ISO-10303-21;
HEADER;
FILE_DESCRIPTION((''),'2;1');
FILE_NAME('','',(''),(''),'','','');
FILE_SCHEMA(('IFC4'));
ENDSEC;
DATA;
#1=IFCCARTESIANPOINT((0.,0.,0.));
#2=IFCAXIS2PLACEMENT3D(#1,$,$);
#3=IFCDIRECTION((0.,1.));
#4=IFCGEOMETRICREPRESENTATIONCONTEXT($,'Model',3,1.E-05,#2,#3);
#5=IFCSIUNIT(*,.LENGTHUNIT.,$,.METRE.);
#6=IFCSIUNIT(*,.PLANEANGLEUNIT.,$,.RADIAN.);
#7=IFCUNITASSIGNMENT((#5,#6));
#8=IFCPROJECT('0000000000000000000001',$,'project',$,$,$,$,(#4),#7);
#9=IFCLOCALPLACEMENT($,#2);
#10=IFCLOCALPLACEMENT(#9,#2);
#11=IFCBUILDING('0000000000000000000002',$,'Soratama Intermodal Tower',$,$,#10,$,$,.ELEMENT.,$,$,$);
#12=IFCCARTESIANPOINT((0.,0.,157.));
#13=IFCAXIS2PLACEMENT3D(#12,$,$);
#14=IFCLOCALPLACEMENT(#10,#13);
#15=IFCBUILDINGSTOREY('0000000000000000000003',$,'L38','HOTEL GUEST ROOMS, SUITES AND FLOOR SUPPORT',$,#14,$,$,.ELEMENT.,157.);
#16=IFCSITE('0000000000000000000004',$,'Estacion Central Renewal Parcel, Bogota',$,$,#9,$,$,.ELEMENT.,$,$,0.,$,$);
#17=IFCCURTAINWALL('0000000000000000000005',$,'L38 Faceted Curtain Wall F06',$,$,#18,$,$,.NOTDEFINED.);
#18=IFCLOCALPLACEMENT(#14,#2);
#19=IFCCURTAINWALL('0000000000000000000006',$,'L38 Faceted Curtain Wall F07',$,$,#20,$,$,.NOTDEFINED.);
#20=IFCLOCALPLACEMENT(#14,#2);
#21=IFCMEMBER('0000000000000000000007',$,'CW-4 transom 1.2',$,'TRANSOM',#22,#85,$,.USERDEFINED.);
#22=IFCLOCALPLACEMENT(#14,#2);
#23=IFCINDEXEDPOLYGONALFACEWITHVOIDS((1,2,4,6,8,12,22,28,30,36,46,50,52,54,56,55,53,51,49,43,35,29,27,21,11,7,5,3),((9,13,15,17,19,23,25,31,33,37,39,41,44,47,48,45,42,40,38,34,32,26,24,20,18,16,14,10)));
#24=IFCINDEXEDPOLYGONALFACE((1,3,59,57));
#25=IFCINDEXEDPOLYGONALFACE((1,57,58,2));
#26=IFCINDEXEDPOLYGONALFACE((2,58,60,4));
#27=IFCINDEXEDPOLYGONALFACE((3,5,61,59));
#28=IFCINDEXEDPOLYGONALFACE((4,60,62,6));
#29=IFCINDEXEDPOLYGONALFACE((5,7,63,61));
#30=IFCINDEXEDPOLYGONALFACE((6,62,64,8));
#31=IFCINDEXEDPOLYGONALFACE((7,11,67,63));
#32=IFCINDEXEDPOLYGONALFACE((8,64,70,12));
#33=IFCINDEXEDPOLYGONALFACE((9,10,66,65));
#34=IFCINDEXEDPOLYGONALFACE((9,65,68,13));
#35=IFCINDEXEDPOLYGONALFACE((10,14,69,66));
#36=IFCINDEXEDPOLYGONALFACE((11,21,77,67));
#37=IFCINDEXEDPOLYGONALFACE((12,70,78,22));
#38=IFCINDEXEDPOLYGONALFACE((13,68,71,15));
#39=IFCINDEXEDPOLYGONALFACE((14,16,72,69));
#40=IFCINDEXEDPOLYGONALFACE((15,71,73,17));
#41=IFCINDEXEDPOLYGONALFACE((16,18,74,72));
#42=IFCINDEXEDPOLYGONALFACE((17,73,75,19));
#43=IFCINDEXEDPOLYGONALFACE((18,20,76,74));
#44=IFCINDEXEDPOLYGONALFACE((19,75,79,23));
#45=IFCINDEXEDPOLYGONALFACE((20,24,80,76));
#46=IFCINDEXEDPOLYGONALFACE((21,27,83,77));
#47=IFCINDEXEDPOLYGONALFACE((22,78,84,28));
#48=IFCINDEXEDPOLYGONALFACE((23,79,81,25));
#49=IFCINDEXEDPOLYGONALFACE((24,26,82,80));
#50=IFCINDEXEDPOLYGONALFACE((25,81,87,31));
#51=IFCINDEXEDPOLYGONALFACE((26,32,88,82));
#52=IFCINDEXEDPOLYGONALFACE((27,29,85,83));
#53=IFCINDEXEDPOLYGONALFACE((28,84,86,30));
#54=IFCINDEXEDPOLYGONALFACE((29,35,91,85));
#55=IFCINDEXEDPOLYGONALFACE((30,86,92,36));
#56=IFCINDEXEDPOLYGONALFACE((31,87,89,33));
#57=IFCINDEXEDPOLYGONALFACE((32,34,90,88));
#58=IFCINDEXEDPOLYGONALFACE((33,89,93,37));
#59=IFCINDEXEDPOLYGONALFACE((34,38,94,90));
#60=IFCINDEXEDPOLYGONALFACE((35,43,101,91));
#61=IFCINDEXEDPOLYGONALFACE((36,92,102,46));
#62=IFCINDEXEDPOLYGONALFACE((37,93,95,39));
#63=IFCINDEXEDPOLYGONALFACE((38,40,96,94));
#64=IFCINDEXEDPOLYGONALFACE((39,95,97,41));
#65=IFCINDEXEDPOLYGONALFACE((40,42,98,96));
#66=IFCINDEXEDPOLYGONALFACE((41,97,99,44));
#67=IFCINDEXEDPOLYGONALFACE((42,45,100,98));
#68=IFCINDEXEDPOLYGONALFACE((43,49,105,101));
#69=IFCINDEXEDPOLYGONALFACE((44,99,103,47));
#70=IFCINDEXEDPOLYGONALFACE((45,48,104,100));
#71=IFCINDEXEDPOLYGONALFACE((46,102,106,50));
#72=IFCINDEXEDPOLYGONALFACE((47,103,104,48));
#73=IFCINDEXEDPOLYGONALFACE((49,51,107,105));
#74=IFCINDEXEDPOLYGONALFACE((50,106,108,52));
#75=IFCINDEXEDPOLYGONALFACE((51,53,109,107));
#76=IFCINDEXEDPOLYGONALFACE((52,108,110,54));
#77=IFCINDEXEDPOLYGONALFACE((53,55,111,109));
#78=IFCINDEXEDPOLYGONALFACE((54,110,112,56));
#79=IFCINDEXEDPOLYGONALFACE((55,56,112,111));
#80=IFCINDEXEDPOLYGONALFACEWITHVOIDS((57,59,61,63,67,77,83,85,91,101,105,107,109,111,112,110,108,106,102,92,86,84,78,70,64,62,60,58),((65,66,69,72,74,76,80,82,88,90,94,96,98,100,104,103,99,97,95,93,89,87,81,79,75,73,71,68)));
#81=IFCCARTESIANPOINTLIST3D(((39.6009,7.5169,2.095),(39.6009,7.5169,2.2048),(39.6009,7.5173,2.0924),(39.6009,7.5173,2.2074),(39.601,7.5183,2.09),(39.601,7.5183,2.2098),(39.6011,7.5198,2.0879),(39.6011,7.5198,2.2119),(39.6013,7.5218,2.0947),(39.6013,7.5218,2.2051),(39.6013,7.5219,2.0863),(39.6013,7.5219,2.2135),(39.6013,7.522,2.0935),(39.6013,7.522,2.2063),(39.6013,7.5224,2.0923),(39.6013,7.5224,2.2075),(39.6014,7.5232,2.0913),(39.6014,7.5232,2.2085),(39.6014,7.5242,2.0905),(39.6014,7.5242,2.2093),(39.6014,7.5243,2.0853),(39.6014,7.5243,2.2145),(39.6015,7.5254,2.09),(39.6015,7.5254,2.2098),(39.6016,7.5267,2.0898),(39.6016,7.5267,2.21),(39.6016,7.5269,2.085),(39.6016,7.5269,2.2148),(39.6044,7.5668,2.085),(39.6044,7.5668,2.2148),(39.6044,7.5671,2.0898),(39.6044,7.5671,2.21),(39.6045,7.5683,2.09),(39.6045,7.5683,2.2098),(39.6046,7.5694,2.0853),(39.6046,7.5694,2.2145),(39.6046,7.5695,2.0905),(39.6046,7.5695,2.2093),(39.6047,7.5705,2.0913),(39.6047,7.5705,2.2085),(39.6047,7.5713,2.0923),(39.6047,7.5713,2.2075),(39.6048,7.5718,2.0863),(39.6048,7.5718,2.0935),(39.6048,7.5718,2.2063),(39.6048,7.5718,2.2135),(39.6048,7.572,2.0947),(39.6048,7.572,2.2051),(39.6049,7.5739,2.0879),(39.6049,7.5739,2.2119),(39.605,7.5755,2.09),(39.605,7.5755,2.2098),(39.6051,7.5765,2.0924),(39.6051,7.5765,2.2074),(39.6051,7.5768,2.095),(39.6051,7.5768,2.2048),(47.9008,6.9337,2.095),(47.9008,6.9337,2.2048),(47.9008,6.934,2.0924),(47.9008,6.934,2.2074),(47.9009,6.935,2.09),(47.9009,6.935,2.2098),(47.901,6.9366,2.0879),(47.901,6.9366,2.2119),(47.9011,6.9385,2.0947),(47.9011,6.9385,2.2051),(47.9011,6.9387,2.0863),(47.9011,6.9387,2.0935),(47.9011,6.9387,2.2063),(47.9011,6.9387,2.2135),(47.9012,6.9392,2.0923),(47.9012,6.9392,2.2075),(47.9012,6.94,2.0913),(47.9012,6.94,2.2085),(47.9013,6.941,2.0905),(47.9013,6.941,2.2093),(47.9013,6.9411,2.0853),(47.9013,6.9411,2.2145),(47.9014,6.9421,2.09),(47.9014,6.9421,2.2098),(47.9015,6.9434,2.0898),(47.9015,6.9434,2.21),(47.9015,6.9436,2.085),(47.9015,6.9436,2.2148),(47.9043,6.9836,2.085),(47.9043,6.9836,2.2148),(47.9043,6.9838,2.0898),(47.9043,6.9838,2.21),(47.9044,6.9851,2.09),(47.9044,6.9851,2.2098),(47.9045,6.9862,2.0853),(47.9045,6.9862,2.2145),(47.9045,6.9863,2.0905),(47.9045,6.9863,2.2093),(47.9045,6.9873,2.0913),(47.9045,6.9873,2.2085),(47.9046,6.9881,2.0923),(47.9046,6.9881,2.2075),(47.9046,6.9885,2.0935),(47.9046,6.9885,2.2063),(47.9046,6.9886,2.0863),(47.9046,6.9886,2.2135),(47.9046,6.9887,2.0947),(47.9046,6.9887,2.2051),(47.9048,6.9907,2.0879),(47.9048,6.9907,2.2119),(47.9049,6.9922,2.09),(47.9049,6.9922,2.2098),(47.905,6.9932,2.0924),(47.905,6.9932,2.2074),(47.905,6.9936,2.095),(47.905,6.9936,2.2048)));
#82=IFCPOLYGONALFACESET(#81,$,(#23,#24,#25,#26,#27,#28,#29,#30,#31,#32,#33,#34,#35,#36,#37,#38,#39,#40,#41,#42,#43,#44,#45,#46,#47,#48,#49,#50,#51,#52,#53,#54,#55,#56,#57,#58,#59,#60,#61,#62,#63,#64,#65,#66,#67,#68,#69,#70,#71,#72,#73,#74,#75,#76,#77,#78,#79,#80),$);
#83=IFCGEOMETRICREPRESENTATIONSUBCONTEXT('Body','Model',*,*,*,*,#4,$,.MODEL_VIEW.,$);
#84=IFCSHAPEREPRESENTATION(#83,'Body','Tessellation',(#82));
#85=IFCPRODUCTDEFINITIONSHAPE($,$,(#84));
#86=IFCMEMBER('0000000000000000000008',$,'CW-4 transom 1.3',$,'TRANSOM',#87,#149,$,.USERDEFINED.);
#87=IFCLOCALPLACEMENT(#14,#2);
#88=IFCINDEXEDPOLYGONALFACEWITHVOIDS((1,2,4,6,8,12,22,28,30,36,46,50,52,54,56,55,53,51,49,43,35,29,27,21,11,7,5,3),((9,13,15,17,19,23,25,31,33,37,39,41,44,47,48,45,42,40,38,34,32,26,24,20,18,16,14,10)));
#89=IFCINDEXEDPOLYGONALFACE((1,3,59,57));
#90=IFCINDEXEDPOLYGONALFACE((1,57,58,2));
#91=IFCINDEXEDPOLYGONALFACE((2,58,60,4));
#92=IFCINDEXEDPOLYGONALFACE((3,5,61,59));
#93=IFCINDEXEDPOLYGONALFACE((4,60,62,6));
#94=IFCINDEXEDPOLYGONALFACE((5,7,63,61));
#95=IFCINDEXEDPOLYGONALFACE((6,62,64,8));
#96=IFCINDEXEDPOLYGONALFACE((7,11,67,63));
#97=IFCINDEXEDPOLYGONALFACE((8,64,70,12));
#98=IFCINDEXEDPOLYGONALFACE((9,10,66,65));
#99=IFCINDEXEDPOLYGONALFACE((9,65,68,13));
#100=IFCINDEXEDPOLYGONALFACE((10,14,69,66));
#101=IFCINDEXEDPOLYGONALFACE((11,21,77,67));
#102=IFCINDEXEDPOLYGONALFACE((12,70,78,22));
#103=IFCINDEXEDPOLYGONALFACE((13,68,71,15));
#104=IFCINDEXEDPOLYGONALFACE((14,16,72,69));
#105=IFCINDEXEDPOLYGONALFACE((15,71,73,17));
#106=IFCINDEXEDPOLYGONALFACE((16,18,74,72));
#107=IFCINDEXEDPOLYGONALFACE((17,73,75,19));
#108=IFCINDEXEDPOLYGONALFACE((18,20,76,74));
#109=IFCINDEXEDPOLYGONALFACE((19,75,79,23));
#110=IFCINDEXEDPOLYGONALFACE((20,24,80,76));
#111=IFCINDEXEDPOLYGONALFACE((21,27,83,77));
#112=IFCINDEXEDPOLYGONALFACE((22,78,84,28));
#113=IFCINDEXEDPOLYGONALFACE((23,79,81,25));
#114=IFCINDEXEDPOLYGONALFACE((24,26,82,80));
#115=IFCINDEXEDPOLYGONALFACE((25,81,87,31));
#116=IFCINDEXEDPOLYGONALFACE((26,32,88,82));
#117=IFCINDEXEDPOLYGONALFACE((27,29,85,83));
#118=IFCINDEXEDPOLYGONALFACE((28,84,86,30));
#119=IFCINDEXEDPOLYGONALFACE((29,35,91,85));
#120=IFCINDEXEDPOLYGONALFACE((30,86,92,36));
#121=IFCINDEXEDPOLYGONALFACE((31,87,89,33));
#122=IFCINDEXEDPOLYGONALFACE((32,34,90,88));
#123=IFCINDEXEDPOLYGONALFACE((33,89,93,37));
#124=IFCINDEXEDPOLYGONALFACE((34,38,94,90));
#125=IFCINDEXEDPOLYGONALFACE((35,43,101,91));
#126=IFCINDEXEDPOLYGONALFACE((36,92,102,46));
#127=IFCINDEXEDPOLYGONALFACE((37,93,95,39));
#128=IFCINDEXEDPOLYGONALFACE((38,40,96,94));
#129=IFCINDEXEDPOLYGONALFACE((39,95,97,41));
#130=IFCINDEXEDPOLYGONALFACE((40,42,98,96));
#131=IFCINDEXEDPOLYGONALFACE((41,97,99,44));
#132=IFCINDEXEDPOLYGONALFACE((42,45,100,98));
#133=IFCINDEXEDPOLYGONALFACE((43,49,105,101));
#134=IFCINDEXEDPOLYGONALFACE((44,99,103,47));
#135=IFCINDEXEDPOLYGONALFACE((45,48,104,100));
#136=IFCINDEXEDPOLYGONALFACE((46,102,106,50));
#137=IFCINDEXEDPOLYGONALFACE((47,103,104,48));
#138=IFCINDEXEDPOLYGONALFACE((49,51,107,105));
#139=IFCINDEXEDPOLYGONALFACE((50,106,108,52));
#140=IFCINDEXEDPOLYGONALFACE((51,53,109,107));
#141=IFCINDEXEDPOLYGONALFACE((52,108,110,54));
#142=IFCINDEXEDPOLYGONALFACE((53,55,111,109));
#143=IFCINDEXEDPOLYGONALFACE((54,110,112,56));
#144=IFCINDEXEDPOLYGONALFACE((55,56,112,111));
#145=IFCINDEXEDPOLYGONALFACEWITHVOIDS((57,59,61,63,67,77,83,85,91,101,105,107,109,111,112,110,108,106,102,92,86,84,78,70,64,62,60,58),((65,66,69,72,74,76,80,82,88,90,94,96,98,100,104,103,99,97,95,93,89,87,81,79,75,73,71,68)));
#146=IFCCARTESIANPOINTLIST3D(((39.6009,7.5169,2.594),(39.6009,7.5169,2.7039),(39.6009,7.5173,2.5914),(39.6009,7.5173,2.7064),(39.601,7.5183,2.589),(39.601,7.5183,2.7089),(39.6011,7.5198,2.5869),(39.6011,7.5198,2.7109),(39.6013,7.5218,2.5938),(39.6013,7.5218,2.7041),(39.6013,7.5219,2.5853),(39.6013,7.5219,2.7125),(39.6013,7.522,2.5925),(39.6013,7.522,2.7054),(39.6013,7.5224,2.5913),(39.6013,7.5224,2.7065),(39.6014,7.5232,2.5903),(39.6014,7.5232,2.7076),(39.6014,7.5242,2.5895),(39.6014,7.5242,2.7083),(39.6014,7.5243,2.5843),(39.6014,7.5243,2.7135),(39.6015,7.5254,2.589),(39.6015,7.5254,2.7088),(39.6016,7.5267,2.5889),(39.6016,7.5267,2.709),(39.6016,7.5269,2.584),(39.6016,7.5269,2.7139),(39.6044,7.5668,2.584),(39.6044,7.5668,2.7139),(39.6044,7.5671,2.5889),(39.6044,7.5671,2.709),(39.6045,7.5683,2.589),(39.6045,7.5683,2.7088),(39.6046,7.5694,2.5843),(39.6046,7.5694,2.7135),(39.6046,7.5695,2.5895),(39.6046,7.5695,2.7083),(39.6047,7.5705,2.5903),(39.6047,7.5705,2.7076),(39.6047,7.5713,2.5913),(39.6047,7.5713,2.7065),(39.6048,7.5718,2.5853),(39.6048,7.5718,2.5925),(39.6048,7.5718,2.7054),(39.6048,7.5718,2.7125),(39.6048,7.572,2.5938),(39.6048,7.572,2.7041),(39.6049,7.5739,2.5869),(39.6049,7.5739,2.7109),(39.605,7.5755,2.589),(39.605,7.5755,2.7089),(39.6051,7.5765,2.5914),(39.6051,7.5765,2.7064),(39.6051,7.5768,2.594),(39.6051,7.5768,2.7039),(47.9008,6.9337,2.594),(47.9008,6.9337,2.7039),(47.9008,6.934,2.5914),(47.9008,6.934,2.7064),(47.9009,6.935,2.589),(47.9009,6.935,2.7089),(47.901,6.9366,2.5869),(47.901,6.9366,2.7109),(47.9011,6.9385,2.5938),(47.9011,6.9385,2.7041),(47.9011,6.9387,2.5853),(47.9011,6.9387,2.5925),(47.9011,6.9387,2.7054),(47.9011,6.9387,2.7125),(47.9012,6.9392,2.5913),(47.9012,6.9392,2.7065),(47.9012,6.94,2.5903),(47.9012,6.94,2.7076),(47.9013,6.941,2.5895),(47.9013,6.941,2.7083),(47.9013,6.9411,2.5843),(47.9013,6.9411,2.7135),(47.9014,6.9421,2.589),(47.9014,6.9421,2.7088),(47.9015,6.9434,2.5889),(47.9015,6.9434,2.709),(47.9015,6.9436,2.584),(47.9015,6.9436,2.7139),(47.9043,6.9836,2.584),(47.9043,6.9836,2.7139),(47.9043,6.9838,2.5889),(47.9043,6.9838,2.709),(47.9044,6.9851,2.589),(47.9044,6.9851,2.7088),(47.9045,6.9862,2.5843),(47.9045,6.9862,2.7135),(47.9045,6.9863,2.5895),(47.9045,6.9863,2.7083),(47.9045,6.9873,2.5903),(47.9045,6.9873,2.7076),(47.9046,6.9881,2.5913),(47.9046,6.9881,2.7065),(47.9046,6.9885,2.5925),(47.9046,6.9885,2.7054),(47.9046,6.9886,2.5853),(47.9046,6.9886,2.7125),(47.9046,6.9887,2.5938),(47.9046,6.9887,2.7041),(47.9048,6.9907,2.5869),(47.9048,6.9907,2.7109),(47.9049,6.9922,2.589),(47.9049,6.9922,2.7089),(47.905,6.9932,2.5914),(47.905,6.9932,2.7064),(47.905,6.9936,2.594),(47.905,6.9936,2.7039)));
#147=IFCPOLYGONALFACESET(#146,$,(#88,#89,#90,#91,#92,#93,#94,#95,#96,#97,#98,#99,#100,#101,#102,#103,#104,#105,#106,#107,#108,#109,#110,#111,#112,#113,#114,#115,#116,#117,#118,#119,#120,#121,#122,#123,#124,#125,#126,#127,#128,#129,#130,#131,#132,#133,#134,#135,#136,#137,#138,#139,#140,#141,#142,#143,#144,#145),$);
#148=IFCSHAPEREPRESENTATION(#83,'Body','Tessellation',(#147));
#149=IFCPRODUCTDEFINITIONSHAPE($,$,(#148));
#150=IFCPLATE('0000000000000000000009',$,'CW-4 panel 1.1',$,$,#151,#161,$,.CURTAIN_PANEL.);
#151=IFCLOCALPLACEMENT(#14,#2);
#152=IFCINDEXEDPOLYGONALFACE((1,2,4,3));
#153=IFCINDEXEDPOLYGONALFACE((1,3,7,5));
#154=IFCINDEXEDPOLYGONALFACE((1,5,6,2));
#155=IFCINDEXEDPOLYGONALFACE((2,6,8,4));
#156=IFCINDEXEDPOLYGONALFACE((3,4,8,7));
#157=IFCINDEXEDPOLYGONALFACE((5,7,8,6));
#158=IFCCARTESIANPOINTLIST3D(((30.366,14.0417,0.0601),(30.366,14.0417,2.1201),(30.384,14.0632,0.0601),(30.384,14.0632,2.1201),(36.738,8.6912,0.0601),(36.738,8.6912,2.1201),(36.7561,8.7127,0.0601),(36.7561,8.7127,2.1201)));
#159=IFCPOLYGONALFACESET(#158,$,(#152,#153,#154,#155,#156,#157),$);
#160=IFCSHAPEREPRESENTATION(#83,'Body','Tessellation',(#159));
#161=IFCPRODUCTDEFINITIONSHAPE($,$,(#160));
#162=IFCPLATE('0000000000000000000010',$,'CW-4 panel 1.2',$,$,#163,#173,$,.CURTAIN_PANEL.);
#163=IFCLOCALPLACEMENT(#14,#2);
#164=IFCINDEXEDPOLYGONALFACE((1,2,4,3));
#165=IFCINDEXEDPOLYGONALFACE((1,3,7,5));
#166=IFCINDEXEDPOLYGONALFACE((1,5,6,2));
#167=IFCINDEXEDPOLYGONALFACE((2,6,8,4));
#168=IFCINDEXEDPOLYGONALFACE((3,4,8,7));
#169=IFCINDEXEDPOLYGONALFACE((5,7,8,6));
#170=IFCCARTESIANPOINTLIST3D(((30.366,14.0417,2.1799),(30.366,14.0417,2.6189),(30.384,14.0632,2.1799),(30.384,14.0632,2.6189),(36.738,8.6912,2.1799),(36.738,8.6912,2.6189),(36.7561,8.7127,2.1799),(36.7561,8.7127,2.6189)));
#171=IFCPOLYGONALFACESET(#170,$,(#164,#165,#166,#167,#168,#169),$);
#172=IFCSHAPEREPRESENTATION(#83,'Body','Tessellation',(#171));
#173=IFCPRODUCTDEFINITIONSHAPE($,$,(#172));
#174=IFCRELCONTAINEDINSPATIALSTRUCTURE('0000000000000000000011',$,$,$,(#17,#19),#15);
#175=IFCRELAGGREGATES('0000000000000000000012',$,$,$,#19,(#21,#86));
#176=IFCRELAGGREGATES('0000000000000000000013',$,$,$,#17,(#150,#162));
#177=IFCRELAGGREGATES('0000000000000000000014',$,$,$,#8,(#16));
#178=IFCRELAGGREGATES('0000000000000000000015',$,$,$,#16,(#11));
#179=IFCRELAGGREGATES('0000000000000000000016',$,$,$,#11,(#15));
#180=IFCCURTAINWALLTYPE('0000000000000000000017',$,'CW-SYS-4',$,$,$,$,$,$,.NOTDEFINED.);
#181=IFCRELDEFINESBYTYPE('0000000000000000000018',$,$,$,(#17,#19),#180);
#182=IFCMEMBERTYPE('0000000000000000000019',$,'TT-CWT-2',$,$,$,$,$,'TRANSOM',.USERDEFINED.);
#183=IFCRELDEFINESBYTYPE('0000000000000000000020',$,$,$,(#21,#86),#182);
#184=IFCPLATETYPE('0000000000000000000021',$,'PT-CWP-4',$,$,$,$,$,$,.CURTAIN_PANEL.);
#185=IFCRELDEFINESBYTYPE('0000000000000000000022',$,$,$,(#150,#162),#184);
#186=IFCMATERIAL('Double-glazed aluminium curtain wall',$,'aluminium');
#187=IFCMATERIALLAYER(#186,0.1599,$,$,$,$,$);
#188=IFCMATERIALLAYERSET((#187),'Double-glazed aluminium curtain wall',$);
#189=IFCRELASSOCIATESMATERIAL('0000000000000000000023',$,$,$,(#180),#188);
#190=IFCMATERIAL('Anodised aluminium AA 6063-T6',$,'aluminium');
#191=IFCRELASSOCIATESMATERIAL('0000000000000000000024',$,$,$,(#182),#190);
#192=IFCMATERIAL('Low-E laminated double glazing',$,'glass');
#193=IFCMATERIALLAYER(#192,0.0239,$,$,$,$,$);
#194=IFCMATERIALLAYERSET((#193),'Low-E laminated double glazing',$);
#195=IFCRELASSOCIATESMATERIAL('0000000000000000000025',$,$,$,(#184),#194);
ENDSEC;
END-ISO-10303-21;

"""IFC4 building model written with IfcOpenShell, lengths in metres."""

from ifc_helpers import new_model, si_unit, direction, frame, origin, origin_2d, place, context, subcontext, project, spatial, rectangle, hollow_rectangle, extrude, material, layer, layer_set, material_profile, profile_set, type_object, element, aggregate, save


model = new_model("IFC4")

# Units and contexts
model_context = context("Model", 3, precision=1e-05, world=origin(), true_north=direction((0.0, 1.0)))
body_context = subcontext(model_context, "Body", "Model", "MODEL_VIEW")
ifc_project = project(units=[si_unit("LENGTHUNIT", "METRE"), si_unit("PLANEANGLEUNIT", "RADIAN")], contexts=[model_context])

# Site, building, storey
site_placement = place(None, origin())
site = spatial("IfcSite", under=ifc_project, at=site_placement, Name="Estacion Central Renewal Parcel, Bogota", CompositionType="ELEMENT", RefElevation=0.0)
building_placement = place(site_placement, origin())
building = spatial("IfcBuilding", under=site, at=building_placement, Name="Soratama Intermodal Tower", CompositionType="ELEMENT")
storey_placement = place(building_placement, frame((0.0, 0.0, 157.0)))
storey = spatial("IfcBuildingStorey", under=building, at=storey_placement, Name="L38", Description="HOTEL GUEST ROOMS, SUITES AND FLOOR SUPPORT", CompositionType="ELEMENT", Elevation=157.0)

# Curtain wall
ifc_material_1 = material(Name="Double-glazed aluminium curtain wall", Category="aluminium")
ifc_layer_1 = layer(ifc_material_1, 0.1599)
ifc_layer_set_1 = layer_set([ifc_layer_1], Name="Double-glazed aluminium curtain wall")
curtain_wall_type = type_object("IfcCurtainWallType", Name="CW-SYS-4", PredefinedType="NOTDEFINED", material=ifc_layer_set_1)
curtain_wall_1_placement = place(storey_placement, origin())
curtain_wall_1 = element("IfcCurtainWall", 1, at=curtain_wall_1_placement, inside=storey, type_object=curtain_wall_type, Name="L38 Faceted Curtain Wall F06", PredefinedType="NOTDEFINED")

# Curtain wall, members
curtain_wall_2_placement = place(storey_placement, origin())
curtain_wall_2 = element("IfcCurtainWall", 2, at=curtain_wall_2_placement, inside=storey, type_object=curtain_wall_type, Name="L38 Faceted Curtain Wall F07", PredefinedType="NOTDEFINED")
ifc_material_2 = material(Name="Anodised aluminium AA 6063-T6", Category="aluminium")
ifc_material_profile_1 = material_profile(ifc_material_2, hollow_rectangle(XDim=0.0601, YDim=0.1299, WallThickness=0.0049, InnerFilletRadius=0.0049, OuterFilletRadius=0.01, at=origin_2d()), Name="CWT130X60X5")
ifc_profile_set_1 = profile_set([ifc_material_profile_1], Name="Anodised aluminium AA 6063-T6")
member_type_1 = type_object("IfcMemberType", Name="TT-CWT-2", ElementType="TRANSOM", PredefinedType="USERDEFINED", material=ifc_profile_set_1)
member_1_placement = place(storey_placement, frame((39.603, 7.5469, 2.1499), z_axis=(0.99754, -0.0701, 0.0), x_axis=(0.0701, 0.99754, 0.0)))
member_1 = element("IfcMember", 3, at=member_1_placement, type_object=member_type_1, Name="CW-4 transom 1.2", ObjectType="TRANSOM", PredefinedType="USERDEFINED", context=body_context, shape_type="SweptSolid", body=[
    extrude(hollow_rectangle(XDim=0.0601, YDim=0.1299, WallThickness=0.0049, InnerFilletRadius=0.0049, OuterFilletRadius=0.01, at=origin_2d()), origin(), (0.0, 0.0, 1.0), 8.3203),
])
member_2_placement = place(storey_placement, frame((39.603, 7.5469, 2.6489), z_axis=(0.99754, -0.0701, 0.0), x_axis=(0.0701, 0.99754, 0.0)))
member_2 = element("IfcMember", 4, at=member_2_placement, type_object=member_type_1, Name="CW-4 transom 1.3", ObjectType="TRANSOM", PredefinedType="USERDEFINED", context=body_context, shape_type="SweptSolid", body=[
    extrude(hollow_rectangle(XDim=0.0601, YDim=0.1299, WallThickness=0.0049, InnerFilletRadius=0.0049, OuterFilletRadius=0.01, at=origin_2d()), origin(), (0.0, 0.0, 1.0), 8.3203),
])
aggregate(curtain_wall_2, [member_1, member_2])

# Plates
ifc_material_3 = material(Name="Low-E laminated double glazing", Category="glass")
ifc_layer_2 = layer(ifc_material_3, 0.0239)
ifc_layer_set_2 = layer_set([ifc_layer_2], Name="Low-E laminated double glazing")
plate_type = type_object("IfcPlateType", Name="PT-CWP-4", PredefinedType="CURTAIN_PANEL", material=ifc_layer_set_2)
plate_1_placement = place(storey_placement, frame((33.561, 11.3772, 0.0601), z_axis=(0.0, 0.0, 1.0), x_axis=(0.76582, -0.643055, 0.0)))
plate_1 = element("IfcPlate", 5, at=plate_1_placement, type_object=plate_type, Name="CW-4 panel 1.1", PredefinedType="CURTAIN_PANEL", context=body_context, shape_type="SweptSolid", body=[
    extrude(rectangle(XDim=8.3206, YDim=0.0281, at=origin_2d()), origin(), (0.0, 0.0, 1.0), 2.0601),
])
plate_2_placement = place(storey_placement, frame((33.561, 11.3772, 2.1799), z_axis=(0.0, 0.0, 1.0), x_axis=(0.76582, -0.643055, 0.0)))
plate_2 = element("IfcPlate", 6, at=plate_2_placement, type_object=plate_type, Name="CW-4 panel 1.2", PredefinedType="CURTAIN_PANEL", context=body_context, shape_type="SweptSolid", body=[
    extrude(rectangle(XDim=8.3206, YDim=0.0281, at=origin_2d()), origin(), (0.0, 0.0, 1.0), 0.439),
])
aggregate(curtain_wall_1, [plate_1, plate_2])

save(model, "model.ifc")
